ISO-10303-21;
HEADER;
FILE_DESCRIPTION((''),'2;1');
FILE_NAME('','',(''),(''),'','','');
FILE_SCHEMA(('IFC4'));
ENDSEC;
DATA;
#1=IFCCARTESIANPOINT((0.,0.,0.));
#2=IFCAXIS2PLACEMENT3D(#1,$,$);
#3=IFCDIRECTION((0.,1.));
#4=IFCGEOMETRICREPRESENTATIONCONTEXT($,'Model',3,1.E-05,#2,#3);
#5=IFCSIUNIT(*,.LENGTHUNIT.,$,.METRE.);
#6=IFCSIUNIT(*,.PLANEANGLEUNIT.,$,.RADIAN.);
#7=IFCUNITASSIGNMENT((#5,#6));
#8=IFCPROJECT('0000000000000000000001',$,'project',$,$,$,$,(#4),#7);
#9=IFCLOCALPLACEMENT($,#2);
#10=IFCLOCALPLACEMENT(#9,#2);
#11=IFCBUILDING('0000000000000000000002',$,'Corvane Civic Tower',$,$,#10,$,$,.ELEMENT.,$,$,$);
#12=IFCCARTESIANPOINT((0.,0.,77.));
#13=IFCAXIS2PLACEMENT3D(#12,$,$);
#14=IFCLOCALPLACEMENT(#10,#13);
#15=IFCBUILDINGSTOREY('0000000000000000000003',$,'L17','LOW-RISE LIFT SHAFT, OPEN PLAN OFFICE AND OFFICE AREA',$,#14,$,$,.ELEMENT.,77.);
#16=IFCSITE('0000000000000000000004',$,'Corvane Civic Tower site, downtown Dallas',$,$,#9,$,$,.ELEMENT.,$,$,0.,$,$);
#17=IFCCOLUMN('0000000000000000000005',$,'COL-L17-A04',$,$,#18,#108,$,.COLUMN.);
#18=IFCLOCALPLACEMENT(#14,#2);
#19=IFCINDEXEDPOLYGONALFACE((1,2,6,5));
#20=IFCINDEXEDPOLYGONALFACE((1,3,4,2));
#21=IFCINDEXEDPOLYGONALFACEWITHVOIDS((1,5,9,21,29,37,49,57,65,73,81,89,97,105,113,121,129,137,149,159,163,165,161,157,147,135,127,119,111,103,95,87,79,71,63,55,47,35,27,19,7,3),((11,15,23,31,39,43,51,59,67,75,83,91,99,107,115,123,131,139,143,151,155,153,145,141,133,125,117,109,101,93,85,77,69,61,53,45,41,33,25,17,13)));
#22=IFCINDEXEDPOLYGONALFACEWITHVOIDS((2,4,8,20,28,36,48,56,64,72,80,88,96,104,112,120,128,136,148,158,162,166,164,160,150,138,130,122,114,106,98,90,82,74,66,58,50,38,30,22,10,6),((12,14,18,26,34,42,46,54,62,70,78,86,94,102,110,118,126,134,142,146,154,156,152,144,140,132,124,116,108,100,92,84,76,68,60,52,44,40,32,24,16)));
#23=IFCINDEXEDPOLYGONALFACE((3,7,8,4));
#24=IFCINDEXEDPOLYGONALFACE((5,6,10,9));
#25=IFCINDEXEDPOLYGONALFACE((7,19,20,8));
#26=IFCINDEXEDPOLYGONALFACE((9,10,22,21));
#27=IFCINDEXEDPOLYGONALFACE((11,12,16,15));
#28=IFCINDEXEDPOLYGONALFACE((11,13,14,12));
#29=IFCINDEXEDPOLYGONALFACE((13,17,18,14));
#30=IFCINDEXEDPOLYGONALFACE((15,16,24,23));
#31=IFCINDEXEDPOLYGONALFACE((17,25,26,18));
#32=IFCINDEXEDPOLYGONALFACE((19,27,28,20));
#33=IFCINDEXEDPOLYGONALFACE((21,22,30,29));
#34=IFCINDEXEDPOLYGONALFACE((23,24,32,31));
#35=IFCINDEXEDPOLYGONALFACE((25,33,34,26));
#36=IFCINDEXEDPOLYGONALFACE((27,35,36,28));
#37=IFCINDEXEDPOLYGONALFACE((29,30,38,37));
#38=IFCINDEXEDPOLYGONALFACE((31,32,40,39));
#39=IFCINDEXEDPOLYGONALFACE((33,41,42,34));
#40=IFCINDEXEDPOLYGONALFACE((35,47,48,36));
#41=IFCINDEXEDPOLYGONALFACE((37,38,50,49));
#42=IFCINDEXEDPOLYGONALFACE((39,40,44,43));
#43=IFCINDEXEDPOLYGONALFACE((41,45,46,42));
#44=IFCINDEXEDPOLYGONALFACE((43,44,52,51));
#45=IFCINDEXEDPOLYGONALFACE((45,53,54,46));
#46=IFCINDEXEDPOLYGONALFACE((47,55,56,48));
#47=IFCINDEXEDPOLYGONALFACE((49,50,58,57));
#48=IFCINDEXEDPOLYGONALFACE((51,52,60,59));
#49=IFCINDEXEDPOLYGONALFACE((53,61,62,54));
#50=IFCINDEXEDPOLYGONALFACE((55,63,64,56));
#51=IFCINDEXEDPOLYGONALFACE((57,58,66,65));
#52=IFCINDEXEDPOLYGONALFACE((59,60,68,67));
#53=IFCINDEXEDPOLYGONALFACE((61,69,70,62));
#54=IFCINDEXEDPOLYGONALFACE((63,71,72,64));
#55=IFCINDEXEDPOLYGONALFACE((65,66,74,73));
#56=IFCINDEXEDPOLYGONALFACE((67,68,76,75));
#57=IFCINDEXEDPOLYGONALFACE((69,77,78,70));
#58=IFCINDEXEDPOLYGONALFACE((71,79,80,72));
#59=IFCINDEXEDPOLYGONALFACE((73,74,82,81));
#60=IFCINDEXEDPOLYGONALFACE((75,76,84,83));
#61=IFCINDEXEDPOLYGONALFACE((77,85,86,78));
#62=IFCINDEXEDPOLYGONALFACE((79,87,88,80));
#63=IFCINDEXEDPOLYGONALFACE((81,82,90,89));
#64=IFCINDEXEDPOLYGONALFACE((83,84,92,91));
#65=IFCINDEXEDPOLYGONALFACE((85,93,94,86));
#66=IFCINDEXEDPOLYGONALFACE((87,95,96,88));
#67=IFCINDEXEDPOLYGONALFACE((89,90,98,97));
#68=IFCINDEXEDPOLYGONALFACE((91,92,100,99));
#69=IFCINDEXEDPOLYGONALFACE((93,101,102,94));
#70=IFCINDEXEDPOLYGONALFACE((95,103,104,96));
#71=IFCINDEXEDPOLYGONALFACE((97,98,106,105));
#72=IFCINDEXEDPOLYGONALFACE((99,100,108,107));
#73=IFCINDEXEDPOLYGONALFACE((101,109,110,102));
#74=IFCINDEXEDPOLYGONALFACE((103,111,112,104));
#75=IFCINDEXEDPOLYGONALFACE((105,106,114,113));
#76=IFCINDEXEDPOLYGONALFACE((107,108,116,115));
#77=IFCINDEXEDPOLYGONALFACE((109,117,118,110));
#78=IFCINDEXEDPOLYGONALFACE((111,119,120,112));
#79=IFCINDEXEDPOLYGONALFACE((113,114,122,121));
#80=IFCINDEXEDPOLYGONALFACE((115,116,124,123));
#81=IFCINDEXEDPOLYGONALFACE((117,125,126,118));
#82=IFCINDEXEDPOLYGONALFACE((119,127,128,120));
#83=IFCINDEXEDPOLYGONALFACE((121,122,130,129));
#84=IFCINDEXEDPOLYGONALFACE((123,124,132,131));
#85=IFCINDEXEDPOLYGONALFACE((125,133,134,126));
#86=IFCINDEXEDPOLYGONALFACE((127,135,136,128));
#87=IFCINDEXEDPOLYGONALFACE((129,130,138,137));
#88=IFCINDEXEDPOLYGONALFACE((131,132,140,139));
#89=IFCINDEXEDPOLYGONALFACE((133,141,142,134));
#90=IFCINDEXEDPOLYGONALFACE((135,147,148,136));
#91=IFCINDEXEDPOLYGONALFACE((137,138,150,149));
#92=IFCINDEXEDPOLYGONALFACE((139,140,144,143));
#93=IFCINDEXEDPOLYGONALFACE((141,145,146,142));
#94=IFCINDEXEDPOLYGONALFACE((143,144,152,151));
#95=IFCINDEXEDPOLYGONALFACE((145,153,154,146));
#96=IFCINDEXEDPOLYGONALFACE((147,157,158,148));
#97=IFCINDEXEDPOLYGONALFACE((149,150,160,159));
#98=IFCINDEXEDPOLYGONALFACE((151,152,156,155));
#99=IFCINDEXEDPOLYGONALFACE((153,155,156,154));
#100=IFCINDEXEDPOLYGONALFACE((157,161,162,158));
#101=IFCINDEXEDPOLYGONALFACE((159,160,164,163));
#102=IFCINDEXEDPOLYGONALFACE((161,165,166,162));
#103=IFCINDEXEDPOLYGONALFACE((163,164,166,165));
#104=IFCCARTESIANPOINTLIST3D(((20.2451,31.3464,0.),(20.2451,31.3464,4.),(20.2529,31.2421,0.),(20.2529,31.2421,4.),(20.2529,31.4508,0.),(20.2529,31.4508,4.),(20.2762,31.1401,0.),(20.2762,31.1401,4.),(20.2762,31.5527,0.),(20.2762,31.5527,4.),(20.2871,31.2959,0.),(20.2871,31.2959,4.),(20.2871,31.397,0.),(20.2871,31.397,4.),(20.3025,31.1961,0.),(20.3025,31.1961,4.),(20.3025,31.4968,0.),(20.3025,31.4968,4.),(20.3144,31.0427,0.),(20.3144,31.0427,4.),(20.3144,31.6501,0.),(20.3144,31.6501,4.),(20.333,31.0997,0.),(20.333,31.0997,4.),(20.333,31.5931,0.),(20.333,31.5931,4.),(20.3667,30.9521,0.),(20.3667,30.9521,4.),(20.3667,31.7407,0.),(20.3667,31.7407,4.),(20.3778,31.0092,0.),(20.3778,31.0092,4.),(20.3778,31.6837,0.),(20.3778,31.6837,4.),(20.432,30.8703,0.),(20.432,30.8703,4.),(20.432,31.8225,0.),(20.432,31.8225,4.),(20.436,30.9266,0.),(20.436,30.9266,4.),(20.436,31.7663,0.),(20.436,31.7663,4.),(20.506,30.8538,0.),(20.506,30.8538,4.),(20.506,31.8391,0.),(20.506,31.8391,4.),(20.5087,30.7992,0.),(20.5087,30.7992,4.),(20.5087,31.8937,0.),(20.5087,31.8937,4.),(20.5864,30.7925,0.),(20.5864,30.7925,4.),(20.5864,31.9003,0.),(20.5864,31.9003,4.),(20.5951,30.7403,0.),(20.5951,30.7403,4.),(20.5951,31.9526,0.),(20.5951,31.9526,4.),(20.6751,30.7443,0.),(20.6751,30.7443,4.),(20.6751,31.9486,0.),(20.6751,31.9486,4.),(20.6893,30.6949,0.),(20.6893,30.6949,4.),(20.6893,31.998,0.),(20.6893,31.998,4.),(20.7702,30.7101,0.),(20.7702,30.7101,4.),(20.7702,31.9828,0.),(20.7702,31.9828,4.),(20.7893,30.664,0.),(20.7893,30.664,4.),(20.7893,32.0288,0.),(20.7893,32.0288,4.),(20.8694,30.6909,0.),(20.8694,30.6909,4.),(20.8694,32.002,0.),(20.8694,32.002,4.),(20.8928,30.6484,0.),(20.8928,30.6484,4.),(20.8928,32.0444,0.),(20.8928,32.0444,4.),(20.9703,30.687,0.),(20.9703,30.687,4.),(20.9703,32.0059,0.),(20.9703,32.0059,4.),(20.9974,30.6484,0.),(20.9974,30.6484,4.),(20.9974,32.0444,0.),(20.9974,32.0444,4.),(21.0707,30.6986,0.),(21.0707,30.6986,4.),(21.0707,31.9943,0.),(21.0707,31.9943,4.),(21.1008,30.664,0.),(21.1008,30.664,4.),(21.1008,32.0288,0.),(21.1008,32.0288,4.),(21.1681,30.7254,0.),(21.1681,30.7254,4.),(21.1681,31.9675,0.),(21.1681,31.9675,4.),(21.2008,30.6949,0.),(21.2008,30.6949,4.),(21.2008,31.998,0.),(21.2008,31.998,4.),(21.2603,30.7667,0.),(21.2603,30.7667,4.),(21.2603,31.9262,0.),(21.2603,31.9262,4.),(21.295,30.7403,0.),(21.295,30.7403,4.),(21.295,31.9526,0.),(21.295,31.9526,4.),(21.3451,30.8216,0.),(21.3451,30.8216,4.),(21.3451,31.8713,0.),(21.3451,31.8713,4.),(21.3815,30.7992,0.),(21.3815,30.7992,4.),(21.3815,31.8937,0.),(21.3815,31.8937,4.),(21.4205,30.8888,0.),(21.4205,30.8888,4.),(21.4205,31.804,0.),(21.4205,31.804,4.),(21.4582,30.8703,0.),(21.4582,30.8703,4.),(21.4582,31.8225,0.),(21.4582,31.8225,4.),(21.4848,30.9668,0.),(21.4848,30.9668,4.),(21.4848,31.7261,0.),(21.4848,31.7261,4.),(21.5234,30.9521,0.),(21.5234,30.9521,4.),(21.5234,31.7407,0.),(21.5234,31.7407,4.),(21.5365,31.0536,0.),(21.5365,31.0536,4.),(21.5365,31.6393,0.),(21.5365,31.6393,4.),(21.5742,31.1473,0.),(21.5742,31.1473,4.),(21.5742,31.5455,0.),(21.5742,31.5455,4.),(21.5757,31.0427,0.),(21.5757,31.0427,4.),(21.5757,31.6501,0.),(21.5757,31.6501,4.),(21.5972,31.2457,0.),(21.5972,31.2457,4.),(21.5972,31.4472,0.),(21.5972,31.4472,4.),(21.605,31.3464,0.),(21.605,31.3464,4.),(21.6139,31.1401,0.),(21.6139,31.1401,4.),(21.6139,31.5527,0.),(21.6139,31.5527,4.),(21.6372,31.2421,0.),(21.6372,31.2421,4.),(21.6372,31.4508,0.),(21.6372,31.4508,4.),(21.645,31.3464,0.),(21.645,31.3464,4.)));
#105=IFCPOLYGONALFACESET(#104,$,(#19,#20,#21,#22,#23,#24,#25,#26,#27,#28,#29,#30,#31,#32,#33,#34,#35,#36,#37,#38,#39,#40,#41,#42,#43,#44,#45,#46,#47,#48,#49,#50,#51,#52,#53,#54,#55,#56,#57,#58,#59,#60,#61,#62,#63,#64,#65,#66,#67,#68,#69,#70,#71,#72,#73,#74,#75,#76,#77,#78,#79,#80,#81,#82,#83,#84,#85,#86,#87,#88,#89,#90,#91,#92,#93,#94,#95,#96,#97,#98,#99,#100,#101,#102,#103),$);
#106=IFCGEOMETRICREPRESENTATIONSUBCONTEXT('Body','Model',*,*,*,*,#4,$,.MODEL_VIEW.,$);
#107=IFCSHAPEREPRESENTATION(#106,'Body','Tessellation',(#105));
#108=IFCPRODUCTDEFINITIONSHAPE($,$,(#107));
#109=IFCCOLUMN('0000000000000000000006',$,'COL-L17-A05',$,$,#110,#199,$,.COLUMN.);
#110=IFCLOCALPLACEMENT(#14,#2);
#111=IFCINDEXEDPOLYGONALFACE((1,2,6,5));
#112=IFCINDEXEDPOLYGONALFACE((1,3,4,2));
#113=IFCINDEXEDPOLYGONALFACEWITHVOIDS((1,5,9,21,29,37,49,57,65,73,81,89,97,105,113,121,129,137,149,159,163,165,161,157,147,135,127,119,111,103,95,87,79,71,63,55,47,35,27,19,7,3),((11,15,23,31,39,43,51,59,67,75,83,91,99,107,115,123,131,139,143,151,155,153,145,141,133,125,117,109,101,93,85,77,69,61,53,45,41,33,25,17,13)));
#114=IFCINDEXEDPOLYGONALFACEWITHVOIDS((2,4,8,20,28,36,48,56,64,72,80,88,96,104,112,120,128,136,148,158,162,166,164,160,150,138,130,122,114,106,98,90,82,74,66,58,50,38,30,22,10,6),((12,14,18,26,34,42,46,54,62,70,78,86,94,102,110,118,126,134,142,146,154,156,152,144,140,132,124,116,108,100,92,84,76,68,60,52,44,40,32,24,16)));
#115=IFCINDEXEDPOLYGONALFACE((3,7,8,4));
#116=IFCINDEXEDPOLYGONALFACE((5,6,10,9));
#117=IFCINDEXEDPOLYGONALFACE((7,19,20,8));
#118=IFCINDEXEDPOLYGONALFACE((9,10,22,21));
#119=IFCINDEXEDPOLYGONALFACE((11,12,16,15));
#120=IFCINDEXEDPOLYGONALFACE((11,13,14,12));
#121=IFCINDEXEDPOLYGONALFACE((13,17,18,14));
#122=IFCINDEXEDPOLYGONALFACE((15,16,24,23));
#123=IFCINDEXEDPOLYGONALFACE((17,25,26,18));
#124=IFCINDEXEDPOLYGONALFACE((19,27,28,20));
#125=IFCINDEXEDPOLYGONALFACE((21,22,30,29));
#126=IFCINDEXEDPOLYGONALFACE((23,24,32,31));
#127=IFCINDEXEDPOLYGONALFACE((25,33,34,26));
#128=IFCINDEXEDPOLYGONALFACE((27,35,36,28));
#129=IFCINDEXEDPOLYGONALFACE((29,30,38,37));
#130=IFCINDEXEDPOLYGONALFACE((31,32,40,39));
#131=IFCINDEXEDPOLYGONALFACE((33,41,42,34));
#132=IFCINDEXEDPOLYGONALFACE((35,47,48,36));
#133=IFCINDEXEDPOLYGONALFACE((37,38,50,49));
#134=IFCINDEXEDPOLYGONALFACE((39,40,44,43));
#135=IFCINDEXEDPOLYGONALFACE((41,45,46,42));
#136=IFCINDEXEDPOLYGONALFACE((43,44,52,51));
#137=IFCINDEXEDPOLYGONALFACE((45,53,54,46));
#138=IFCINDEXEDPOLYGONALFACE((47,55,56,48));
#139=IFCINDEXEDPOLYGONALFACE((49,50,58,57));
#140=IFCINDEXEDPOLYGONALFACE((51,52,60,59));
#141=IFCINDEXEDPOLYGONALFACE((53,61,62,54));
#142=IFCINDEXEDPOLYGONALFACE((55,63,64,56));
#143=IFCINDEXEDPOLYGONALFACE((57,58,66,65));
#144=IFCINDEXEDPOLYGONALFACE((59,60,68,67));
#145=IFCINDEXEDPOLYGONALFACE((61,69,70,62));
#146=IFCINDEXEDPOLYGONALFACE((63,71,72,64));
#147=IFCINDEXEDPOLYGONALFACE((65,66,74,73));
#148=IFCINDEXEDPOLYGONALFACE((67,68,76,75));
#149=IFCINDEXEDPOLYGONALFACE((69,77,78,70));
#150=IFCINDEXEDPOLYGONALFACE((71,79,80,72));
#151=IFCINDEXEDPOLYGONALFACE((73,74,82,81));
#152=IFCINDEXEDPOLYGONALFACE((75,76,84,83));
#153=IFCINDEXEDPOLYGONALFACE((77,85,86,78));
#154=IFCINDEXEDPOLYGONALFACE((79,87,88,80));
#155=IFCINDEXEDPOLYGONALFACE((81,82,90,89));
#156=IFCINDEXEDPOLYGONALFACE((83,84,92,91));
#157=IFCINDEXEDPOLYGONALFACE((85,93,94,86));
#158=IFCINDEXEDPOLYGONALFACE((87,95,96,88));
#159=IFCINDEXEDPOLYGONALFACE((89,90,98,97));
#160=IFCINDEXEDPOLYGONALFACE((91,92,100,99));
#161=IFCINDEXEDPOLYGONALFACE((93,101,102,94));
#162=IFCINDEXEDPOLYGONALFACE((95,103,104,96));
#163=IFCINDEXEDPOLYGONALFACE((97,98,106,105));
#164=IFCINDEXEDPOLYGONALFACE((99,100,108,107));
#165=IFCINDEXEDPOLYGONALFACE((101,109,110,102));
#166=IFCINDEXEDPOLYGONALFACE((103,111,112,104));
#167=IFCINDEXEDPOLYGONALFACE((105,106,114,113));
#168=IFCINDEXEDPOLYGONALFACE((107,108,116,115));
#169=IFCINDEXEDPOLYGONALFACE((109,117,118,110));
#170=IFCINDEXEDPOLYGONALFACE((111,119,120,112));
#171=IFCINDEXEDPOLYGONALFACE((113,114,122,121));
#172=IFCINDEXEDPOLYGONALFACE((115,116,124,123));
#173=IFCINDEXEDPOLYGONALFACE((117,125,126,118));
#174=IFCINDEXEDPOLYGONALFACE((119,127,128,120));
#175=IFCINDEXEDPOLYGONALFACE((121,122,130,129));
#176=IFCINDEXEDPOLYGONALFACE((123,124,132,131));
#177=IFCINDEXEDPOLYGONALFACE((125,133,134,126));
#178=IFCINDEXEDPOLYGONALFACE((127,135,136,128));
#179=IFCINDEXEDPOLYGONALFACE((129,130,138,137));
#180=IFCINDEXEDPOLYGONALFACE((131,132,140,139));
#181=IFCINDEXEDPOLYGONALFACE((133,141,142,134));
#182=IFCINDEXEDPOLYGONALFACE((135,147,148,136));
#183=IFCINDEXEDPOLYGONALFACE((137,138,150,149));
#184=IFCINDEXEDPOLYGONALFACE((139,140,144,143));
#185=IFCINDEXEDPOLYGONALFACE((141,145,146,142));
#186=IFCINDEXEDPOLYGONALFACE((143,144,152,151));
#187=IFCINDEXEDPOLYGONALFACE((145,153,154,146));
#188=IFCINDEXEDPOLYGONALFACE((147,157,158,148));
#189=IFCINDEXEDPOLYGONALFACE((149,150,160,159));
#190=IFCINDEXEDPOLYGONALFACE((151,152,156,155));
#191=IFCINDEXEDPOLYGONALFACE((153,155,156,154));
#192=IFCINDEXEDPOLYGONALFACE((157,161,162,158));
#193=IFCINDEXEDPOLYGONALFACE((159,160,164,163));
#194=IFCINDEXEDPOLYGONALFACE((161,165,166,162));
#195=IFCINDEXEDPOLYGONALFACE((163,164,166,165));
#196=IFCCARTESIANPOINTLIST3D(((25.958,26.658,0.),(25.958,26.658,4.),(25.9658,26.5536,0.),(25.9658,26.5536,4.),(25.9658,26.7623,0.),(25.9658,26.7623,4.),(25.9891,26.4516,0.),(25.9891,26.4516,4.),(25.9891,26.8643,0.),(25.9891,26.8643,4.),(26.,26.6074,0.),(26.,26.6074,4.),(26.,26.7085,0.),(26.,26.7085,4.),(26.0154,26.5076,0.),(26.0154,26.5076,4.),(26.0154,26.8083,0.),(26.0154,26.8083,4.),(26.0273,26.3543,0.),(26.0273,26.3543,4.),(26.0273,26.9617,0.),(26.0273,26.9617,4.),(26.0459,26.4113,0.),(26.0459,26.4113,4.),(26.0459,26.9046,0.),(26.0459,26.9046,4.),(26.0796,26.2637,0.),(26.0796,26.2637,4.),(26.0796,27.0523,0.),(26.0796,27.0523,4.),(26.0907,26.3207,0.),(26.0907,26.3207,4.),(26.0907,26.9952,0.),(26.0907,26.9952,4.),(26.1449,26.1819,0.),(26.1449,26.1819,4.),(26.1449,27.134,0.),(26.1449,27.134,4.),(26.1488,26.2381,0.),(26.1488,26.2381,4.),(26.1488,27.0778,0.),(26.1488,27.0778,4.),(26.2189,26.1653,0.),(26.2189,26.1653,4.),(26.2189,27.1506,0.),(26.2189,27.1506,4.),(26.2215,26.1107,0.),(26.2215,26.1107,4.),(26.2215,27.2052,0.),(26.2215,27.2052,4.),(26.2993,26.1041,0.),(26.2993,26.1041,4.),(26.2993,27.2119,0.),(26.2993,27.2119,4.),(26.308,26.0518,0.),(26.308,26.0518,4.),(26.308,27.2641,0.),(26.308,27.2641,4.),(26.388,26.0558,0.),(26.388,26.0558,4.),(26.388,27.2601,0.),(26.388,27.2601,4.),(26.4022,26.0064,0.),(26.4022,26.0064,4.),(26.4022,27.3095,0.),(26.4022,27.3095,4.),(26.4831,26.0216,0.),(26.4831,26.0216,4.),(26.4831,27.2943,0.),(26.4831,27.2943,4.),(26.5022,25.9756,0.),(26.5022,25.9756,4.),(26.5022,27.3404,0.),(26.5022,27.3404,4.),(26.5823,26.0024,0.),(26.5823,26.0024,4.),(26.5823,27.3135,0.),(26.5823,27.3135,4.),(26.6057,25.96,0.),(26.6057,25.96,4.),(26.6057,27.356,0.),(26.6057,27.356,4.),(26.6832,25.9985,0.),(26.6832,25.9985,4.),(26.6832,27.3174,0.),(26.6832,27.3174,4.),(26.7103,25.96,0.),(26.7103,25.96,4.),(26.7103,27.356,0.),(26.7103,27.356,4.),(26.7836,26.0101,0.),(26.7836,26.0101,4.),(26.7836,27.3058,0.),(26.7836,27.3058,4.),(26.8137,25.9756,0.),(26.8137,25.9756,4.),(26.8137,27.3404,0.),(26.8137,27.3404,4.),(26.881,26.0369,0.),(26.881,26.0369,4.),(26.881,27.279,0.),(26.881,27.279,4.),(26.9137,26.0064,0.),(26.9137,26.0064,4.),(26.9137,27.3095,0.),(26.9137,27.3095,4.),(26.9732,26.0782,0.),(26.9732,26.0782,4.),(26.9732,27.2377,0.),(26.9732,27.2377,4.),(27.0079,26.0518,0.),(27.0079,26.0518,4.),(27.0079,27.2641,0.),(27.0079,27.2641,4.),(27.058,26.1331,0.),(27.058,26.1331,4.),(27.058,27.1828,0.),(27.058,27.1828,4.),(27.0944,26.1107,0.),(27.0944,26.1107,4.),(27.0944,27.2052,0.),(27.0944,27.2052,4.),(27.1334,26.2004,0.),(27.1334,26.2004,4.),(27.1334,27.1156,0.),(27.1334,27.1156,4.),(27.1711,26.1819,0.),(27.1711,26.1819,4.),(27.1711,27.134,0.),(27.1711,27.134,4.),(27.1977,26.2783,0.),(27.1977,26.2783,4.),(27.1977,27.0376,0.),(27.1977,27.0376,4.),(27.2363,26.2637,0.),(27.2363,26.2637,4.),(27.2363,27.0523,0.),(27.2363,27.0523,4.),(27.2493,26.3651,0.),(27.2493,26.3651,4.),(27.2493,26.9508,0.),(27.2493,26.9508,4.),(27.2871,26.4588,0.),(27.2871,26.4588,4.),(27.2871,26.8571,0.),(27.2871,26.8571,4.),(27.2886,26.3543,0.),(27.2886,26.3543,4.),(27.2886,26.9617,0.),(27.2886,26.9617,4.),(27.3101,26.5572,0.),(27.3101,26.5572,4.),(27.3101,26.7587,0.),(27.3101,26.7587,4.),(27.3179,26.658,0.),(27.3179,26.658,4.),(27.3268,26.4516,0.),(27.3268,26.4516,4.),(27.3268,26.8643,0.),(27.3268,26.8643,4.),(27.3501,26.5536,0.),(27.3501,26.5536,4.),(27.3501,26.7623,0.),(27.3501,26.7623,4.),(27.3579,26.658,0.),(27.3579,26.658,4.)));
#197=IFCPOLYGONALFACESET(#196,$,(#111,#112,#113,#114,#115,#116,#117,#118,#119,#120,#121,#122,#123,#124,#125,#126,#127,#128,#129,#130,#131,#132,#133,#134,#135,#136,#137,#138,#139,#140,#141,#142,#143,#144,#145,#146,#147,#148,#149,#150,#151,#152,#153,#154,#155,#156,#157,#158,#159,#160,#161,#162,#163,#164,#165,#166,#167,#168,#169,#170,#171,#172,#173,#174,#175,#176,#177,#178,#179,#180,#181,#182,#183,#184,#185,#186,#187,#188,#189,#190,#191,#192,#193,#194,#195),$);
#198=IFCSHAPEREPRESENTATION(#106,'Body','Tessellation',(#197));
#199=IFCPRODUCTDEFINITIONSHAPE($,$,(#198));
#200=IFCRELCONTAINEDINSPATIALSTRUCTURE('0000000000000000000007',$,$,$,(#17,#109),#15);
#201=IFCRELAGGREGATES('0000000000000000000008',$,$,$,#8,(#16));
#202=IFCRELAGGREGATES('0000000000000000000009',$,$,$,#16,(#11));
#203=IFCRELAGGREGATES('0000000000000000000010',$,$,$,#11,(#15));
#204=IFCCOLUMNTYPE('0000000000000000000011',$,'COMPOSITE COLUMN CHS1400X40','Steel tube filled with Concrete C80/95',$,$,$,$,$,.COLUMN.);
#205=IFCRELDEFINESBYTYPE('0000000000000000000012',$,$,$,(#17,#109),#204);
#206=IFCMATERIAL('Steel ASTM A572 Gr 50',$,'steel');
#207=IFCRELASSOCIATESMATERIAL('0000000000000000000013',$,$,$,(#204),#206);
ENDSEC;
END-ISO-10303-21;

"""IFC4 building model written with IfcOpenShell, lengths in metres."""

from ifc_helpers import new_model, si_unit, direction, frame, origin, origin_2d, place, context, subcontext, project, spatial, hollow_circle, extrude, material, material_profile, profile_set, type_object, element, save


model = new_model("IFC4")

# Units and contexts
model_context = context("Model", 3, precision=1e-05, world=origin(), true_north=direction((0.0, 1.0)))
body_context = subcontext(model_context, "Body", "Model", "MODEL_VIEW")
ifc_project = project(units=[si_unit("LENGTHUNIT", "METRE"), si_unit("PLANEANGLEUNIT", "RADIAN")], contexts=[model_context])

# Site, building, storey
site_placement = place(None, origin())
site = spatial("IfcSite", under=ifc_project, at=site_placement, Name="Corvane Civic Tower site, downtown Dallas", CompositionType="ELEMENT", RefElevation=0.0)
building_placement = place(site_placement, origin())
building = spatial("IfcBuilding", under=site, at=building_placement, Name="Corvane Civic Tower", CompositionType="ELEMENT")
storey_placement = place(building_placement, frame((0.0, 0.0, 77.0)))
storey = spatial("IfcBuildingStorey", under=building, at=storey_placement, Name="L17", Description="LOW-RISE LIFT SHAFT, OPEN PLAN OFFICE AND OFFICE AREA", CompositionType="ELEMENT", Elevation=77.0)

# Columns
ifc_material_1 = material(Name="Steel ASTM A572 Gr 50", Category="steel")
ifc_material_profile_1 = material_profile(ifc_material_1, hollow_circle(Radius=0.7, WallThickness=0.04, at=origin_2d()), Name="CHS1400X40")
ifc_profile_set_1 = profile_set([ifc_material_profile_1], Name="Steel ASTM A572 Gr 50")
column_type = type_object("IfcColumnType", Name="COMPOSITE COLUMN CHS1400X40", Description="Steel tube filled with Concrete C80/95", PredefinedType="COLUMN", material=ifc_profile_set_1)
for number, where, z_axis, x_axis, name in (
    (1, (20.9451, 31.3464, 0.0), (0.0, 0.0, 1.0), (1.0, 0.0, 0.0), "COL-L17-A04"),
    (2, (26.658, 26.658, 0.0), (0.0, 0.0, 1.0), (1.0, 0.0, 0.0), "COL-L17-A05"),
):
    element("IfcColumn", number, at=place(storey_placement, frame(where, z_axis=z_axis, x_axis=x_axis)), inside=storey, type_object=column_type, Name=name, PredefinedType="COLUMN", context=body_context, shape_type="SweptSolid", body=[
        extrude(hollow_circle(Radius=0.7, WallThickness=0.04, at=origin_2d()), origin(), (0.0, 0.0, 1.0), 4.0),
    ])

save(model, "model.ifc")
